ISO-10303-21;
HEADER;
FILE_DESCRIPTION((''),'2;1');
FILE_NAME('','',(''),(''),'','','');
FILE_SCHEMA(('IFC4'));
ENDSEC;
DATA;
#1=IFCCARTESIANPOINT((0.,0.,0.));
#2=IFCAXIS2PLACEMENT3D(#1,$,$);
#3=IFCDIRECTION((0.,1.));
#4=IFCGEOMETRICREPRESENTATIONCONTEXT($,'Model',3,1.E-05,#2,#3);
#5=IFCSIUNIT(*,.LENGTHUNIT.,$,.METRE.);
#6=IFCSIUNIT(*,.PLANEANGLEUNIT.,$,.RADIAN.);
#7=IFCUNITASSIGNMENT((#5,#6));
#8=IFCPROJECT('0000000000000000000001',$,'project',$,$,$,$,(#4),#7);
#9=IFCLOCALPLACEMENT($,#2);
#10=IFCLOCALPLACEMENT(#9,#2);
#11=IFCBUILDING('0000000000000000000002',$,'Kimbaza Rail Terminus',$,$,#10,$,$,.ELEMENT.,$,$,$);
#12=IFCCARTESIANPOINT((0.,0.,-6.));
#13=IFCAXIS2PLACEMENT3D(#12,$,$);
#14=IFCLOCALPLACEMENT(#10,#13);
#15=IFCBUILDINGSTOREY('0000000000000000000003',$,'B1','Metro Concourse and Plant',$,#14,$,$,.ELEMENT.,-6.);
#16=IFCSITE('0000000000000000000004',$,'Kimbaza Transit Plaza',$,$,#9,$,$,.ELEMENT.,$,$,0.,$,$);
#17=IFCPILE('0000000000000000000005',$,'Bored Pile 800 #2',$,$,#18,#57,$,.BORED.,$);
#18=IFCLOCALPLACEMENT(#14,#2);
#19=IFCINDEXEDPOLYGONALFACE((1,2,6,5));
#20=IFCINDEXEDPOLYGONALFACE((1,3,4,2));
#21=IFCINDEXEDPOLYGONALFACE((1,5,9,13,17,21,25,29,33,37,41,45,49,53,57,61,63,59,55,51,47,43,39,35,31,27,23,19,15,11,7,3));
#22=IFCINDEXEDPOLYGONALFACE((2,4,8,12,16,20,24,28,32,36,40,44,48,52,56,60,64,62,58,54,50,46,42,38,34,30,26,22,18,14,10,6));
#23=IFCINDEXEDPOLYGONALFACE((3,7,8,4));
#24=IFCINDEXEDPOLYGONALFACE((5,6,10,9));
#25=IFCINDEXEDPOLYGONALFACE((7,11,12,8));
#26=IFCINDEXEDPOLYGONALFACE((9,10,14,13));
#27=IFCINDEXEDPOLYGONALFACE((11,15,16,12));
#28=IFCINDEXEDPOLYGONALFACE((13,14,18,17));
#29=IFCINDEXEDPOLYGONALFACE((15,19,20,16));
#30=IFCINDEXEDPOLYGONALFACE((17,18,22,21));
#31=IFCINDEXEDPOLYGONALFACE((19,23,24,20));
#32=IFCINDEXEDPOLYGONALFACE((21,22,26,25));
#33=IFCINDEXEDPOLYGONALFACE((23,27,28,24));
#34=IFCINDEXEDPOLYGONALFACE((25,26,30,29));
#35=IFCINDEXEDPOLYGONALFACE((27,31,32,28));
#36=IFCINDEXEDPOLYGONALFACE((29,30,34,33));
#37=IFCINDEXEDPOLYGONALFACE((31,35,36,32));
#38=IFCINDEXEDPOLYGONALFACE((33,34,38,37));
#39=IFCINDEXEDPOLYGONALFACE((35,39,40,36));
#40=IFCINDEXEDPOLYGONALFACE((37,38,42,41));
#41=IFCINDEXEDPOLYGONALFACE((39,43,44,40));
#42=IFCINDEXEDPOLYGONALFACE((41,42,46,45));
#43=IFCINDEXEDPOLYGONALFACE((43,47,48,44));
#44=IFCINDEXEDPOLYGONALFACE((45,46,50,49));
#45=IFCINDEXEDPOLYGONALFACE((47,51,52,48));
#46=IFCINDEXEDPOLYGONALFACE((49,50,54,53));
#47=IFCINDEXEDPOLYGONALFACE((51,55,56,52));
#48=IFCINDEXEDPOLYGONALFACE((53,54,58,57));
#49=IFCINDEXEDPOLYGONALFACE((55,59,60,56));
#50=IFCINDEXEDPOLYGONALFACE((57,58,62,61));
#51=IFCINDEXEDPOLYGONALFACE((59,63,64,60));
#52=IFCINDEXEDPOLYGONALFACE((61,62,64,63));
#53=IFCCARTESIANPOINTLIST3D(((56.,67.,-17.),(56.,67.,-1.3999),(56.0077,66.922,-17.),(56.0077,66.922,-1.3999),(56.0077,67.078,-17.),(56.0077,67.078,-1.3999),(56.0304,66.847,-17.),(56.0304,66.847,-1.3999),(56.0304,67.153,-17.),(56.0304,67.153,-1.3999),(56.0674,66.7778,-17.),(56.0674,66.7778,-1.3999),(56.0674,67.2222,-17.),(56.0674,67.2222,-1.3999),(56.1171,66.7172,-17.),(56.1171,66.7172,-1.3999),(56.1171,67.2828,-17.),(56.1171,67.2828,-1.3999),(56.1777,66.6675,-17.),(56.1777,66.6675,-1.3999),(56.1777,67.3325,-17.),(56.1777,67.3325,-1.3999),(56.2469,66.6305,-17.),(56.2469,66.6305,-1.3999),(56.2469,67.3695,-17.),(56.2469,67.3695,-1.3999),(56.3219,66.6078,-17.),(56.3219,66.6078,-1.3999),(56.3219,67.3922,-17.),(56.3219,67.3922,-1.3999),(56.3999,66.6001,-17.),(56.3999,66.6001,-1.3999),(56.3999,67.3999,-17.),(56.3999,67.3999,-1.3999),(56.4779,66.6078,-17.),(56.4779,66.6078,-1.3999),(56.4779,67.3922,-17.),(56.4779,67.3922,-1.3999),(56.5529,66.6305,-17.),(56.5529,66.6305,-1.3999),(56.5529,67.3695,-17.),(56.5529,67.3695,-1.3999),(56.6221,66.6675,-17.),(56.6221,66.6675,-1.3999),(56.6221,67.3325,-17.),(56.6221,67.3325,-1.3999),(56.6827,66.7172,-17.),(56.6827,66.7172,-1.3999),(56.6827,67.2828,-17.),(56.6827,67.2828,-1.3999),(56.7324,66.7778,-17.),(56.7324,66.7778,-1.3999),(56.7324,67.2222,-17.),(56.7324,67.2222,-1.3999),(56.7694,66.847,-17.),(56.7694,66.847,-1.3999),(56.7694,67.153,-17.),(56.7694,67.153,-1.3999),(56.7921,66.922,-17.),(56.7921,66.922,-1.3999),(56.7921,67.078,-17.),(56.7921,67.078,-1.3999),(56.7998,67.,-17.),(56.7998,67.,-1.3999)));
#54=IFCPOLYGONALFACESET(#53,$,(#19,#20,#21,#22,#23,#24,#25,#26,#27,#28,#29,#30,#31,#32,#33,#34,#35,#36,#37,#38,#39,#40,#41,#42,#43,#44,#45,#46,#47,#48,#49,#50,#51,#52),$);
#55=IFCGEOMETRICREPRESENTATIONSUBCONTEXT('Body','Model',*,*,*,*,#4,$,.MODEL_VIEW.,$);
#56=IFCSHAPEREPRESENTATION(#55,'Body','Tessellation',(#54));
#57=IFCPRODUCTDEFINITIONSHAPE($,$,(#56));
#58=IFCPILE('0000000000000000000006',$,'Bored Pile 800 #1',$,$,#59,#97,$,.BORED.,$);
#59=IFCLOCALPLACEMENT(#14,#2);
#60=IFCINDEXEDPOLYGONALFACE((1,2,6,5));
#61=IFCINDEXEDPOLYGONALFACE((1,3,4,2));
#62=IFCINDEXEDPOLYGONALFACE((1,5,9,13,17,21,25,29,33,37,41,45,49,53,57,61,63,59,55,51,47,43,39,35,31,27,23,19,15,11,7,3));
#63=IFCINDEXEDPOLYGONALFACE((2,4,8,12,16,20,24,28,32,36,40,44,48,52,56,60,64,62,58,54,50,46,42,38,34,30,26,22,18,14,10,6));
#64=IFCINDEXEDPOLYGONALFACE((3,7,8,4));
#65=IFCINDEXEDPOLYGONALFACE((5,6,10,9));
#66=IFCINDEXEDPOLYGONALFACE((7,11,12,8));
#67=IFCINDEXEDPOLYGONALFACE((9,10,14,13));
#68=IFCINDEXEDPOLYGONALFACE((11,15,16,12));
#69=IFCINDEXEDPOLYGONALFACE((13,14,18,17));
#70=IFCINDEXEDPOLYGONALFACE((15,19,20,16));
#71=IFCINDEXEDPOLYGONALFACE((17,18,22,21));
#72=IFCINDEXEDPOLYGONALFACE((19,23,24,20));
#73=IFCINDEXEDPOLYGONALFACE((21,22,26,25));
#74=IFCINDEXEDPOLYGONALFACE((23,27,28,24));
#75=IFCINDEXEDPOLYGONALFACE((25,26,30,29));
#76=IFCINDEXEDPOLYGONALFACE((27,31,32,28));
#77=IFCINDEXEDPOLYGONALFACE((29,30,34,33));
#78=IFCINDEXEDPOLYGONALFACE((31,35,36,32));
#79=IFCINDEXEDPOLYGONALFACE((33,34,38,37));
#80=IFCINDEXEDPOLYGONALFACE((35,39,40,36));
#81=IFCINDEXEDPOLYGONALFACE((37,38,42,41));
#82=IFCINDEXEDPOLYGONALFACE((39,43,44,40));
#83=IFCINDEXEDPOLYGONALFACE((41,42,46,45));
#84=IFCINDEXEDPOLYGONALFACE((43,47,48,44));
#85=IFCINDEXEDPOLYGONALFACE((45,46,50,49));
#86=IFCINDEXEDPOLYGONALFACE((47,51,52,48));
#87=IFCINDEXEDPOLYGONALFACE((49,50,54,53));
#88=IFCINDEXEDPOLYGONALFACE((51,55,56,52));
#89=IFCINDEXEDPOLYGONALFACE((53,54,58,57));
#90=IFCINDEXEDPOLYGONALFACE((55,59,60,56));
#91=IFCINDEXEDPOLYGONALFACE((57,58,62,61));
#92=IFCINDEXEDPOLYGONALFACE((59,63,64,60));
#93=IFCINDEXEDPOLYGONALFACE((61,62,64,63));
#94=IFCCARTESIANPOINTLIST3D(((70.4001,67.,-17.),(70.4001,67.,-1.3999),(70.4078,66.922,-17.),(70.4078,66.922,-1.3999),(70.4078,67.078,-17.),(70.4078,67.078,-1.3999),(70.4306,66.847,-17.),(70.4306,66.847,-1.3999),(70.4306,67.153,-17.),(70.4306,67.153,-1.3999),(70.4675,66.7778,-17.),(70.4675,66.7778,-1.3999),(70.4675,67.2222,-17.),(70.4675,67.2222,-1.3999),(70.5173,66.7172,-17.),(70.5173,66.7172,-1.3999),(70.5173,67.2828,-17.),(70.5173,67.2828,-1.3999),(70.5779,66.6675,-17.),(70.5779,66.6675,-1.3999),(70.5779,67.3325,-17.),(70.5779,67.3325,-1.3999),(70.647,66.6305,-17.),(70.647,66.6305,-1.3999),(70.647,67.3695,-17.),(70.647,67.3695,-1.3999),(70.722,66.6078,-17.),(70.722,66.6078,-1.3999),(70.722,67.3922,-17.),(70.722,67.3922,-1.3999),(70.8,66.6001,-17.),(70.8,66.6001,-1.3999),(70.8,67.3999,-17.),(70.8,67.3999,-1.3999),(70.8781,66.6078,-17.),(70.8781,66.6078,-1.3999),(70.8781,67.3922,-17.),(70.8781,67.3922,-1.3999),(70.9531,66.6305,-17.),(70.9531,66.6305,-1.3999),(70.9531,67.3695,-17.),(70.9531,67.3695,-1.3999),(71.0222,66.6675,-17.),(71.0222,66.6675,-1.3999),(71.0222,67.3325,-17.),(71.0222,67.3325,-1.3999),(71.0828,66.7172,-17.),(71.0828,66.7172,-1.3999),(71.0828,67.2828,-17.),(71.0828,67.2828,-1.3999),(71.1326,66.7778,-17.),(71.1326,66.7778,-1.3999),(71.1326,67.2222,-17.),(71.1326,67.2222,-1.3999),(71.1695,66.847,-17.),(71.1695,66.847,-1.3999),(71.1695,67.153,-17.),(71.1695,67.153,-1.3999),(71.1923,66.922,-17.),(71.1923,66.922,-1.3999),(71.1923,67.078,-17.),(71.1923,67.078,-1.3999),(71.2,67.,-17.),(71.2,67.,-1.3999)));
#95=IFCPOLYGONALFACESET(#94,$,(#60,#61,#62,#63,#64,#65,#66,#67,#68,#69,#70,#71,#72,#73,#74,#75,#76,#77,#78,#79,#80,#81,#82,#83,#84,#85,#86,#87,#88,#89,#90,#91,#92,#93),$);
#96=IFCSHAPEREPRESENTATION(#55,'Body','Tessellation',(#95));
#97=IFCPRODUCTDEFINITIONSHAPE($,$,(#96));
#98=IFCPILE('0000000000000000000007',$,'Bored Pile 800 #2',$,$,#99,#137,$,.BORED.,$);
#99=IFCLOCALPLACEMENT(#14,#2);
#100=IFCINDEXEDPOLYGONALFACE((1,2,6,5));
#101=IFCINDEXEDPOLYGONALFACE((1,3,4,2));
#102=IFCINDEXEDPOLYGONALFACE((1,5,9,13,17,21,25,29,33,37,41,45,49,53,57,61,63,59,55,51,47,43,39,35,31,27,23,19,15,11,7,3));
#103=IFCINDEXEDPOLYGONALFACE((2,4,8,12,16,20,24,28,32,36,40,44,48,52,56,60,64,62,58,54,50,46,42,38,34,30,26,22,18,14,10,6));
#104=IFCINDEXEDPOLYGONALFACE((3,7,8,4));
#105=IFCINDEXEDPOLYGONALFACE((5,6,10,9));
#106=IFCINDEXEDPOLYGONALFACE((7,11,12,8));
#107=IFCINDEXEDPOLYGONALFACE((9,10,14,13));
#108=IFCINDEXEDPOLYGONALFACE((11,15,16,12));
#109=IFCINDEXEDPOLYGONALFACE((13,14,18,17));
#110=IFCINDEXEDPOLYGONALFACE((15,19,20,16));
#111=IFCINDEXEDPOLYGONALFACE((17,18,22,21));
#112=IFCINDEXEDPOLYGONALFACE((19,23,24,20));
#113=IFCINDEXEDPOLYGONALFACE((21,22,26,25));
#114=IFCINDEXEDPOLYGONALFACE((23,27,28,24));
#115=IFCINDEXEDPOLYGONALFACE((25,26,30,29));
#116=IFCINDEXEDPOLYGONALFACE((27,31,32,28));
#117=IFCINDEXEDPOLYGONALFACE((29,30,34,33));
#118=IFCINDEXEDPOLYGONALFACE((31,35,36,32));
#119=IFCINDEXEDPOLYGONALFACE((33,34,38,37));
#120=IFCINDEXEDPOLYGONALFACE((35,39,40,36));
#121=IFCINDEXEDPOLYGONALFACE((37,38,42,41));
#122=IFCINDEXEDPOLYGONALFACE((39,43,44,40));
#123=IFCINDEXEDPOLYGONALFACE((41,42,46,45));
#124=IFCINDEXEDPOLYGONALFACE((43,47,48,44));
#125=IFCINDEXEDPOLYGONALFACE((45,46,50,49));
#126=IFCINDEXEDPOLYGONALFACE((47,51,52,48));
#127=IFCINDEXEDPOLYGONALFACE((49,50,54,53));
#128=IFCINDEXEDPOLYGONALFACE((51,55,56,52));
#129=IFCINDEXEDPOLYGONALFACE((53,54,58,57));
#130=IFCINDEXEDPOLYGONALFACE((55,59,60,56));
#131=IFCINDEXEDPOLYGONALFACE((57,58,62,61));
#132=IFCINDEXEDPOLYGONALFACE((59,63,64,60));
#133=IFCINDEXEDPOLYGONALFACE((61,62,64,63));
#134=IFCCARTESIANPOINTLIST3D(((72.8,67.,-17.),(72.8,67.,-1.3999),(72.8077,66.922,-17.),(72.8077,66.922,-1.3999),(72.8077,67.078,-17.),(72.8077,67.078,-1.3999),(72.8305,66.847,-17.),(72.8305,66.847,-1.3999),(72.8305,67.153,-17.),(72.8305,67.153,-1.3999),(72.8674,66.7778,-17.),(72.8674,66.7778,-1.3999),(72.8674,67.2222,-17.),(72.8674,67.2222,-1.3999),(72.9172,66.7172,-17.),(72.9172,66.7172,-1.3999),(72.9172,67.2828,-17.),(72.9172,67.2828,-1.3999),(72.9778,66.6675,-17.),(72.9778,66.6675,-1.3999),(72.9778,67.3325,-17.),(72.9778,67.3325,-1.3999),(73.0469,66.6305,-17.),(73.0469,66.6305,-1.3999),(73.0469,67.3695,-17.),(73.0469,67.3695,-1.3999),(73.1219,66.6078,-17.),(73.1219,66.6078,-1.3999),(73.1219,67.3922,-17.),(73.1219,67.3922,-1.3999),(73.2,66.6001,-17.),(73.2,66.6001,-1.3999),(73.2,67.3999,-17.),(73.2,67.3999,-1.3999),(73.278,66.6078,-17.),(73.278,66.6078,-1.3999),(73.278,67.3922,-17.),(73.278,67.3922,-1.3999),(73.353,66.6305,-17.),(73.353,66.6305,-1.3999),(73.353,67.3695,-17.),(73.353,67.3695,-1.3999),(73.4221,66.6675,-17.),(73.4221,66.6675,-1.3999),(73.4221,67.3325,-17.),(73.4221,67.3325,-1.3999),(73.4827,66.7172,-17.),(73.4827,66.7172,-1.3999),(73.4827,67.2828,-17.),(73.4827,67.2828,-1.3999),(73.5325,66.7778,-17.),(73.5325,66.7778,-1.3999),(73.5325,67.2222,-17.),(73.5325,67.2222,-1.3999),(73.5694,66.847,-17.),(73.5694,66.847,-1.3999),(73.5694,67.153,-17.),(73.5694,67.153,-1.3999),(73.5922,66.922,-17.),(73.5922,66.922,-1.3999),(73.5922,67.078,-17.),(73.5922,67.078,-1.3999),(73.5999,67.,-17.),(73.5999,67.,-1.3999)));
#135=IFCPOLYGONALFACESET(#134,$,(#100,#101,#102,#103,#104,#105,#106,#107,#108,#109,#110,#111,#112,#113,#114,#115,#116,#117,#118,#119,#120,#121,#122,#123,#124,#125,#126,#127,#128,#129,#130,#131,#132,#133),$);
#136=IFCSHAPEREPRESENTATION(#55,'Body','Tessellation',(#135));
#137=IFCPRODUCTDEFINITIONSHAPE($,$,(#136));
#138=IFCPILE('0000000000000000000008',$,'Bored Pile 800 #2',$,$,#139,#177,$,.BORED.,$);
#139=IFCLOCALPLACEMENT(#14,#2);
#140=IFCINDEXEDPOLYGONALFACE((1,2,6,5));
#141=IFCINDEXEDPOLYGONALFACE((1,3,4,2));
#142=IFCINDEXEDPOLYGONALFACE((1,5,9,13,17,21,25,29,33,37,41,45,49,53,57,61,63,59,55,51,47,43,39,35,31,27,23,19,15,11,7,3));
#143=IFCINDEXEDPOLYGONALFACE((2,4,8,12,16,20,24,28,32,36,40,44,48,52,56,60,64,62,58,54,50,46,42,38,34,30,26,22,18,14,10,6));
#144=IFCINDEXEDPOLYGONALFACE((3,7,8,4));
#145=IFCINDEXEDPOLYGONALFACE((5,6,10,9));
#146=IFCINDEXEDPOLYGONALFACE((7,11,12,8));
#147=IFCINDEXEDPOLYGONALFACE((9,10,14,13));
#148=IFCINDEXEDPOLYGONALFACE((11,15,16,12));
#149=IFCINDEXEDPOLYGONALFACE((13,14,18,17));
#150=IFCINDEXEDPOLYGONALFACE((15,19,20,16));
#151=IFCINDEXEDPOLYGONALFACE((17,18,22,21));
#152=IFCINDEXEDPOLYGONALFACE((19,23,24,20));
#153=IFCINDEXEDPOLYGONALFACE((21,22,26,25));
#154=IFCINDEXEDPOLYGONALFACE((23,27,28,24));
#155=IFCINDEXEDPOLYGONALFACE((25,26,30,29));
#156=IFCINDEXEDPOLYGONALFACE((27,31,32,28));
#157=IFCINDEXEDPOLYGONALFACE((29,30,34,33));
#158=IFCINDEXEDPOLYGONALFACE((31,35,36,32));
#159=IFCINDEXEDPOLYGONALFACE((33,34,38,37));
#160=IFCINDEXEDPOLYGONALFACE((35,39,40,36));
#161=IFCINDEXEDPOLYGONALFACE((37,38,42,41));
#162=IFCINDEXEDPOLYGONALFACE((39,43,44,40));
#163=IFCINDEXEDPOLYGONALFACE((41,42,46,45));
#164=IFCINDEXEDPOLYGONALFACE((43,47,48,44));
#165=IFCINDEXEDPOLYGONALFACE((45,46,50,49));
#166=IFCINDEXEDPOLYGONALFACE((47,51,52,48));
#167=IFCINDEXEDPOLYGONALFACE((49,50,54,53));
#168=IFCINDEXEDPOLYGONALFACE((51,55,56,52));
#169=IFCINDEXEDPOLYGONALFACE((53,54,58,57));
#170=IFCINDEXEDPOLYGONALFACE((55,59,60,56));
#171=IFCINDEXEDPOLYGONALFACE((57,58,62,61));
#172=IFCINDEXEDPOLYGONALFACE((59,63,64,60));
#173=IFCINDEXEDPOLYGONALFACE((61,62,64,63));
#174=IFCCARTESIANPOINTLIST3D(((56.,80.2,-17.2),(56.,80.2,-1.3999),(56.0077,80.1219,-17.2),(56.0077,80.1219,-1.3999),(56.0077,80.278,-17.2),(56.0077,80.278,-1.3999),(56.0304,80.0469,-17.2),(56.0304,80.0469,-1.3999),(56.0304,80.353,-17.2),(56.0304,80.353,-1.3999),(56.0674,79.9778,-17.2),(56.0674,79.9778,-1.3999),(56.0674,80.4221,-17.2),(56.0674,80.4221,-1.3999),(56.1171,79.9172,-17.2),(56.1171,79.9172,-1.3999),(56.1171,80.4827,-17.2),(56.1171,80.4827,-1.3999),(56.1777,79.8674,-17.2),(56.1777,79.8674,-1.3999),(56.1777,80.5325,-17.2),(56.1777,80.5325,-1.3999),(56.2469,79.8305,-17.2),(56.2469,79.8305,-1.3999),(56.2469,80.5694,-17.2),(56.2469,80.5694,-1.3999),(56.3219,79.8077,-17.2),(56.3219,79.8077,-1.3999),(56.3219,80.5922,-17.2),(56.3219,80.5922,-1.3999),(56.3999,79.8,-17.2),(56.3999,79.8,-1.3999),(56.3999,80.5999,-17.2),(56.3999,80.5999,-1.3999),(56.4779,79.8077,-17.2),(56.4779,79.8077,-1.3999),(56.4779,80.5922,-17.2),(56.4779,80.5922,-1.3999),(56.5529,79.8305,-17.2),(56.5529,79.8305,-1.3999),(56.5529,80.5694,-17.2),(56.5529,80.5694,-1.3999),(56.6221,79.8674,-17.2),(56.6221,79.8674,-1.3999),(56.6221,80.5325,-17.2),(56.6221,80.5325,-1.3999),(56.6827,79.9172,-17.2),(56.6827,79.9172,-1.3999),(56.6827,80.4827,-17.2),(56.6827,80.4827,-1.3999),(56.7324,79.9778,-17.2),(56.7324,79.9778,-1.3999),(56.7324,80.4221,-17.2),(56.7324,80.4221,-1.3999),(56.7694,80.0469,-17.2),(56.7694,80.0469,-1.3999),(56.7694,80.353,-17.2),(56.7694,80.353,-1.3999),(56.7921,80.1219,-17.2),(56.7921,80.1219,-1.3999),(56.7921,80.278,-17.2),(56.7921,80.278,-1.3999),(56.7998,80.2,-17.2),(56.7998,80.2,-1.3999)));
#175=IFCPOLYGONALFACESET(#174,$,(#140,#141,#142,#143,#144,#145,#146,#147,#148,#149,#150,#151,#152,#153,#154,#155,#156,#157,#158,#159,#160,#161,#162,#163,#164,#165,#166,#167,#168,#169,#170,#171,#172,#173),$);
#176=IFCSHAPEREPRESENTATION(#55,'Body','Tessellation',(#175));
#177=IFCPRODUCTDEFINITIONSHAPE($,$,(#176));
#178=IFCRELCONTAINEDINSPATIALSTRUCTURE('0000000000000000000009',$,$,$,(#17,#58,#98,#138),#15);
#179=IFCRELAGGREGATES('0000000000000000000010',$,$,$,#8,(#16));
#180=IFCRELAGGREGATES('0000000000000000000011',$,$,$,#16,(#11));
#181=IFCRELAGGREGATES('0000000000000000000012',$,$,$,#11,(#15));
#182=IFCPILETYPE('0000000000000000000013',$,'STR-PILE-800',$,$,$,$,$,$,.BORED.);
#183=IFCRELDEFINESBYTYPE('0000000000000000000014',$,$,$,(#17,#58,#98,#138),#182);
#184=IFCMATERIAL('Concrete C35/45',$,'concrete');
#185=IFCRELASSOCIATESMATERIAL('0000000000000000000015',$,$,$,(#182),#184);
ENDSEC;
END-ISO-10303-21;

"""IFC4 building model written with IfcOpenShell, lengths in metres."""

from ifc_helpers import new_model, si_unit, direction, frame, origin, origin_2d, place, context, subcontext, project, spatial, circle, extrude, material, material_profile, profile_set, type_object, element, save


model = new_model("IFC4")

# Units and contexts
model_context = context("Model", 3, precision=1e-05, world=origin(), true_north=direction((0.0, 1.0)))
body_context = subcontext(model_context, "Body", "Model", "MODEL_VIEW")
ifc_project = project(units=[si_unit("LENGTHUNIT", "METRE"), si_unit("PLANEANGLEUNIT", "RADIAN")], contexts=[model_context])

# Site, building, storey
site_placement = place(None, origin())
site = spatial("IfcSite", under=ifc_project, at=site_placement, Name="Kimbaza Transit Plaza", CompositionType="ELEMENT", RefElevation=0.0)
building_placement = place(site_placement, origin())
building = spatial("IfcBuilding", under=site, at=building_placement, Name="Kimbaza Rail Terminus", CompositionType="ELEMENT")
storey_placement = place(building_placement, frame((0.0, 0.0, -6.0)))
storey = spatial("IfcBuildingStorey", under=building, at=storey_placement, Name="B1", Description="Metro Concourse and Plant", CompositionType="ELEMENT", Elevation=-6.0)

# Piles
ifc_material_1 = material(Name="Concrete C35/45", Category="concrete")
ifc_material_profile_1 = material_profile(ifc_material_1, circle(Radius=0.3999, at=origin_2d()), Name="BORED PILE 800")
ifc_profile_set_1 = profile_set([ifc_material_profile_1], Name="Concrete C35/45")
pile_type_1 = type_object("IfcPileType", Name="STR-PILE-800", PredefinedType="BORED", material=ifc_profile_set_1)
for number, where, z_axis, x_axis, name in (
    (1, (56.3999, 67.0, -1.3999), (0.0, 0.0, -1.0), (1.0, 0.0, 0.0), "Bored Pile 800 #2"),
    (2, (70.8, 67.0, -1.3999), (0.0, 0.0, -1.0), (1.0, 0.0, 0.0), "Bored Pile 800 #1"),
    (3, (73.2, 67.0, -1.3999), (0.0, 0.0, -1.0), (1.0, 0.0, 0.0), "Bored Pile 800 #2"),
):
    element("IfcPile", number, at=place(storey_placement, frame(where, z_axis=z_axis, x_axis=x_axis)), inside=storey, type_object=pile_type_1, Name=name, PredefinedType="BORED", context=body_context, shape_type="SweptSolid", body=[
        extrude(circle(Radius=0.3999, at=origin_2d()), origin(), (0.0, 0.0, 1.0), 15.6001),
    ])
pile_placement = place(storey_placement, frame((56.3999, 80.2, -1.3999), z_axis=(0.0, 0.0, -1.0), x_axis=(1.0, 0.0, 0.0)))
element("IfcPile", 4, at=pile_placement, inside=storey, type_object=pile_type_1, Name="Bored Pile 800 #2", PredefinedType="BORED", context=body_context, shape_type="SweptSolid", body=[
    extrude(circle(Radius=0.3999, at=origin_2d()), origin(), (0.0, 0.0, 1.0), 15.8),
])

save(model, "model.ifc")
